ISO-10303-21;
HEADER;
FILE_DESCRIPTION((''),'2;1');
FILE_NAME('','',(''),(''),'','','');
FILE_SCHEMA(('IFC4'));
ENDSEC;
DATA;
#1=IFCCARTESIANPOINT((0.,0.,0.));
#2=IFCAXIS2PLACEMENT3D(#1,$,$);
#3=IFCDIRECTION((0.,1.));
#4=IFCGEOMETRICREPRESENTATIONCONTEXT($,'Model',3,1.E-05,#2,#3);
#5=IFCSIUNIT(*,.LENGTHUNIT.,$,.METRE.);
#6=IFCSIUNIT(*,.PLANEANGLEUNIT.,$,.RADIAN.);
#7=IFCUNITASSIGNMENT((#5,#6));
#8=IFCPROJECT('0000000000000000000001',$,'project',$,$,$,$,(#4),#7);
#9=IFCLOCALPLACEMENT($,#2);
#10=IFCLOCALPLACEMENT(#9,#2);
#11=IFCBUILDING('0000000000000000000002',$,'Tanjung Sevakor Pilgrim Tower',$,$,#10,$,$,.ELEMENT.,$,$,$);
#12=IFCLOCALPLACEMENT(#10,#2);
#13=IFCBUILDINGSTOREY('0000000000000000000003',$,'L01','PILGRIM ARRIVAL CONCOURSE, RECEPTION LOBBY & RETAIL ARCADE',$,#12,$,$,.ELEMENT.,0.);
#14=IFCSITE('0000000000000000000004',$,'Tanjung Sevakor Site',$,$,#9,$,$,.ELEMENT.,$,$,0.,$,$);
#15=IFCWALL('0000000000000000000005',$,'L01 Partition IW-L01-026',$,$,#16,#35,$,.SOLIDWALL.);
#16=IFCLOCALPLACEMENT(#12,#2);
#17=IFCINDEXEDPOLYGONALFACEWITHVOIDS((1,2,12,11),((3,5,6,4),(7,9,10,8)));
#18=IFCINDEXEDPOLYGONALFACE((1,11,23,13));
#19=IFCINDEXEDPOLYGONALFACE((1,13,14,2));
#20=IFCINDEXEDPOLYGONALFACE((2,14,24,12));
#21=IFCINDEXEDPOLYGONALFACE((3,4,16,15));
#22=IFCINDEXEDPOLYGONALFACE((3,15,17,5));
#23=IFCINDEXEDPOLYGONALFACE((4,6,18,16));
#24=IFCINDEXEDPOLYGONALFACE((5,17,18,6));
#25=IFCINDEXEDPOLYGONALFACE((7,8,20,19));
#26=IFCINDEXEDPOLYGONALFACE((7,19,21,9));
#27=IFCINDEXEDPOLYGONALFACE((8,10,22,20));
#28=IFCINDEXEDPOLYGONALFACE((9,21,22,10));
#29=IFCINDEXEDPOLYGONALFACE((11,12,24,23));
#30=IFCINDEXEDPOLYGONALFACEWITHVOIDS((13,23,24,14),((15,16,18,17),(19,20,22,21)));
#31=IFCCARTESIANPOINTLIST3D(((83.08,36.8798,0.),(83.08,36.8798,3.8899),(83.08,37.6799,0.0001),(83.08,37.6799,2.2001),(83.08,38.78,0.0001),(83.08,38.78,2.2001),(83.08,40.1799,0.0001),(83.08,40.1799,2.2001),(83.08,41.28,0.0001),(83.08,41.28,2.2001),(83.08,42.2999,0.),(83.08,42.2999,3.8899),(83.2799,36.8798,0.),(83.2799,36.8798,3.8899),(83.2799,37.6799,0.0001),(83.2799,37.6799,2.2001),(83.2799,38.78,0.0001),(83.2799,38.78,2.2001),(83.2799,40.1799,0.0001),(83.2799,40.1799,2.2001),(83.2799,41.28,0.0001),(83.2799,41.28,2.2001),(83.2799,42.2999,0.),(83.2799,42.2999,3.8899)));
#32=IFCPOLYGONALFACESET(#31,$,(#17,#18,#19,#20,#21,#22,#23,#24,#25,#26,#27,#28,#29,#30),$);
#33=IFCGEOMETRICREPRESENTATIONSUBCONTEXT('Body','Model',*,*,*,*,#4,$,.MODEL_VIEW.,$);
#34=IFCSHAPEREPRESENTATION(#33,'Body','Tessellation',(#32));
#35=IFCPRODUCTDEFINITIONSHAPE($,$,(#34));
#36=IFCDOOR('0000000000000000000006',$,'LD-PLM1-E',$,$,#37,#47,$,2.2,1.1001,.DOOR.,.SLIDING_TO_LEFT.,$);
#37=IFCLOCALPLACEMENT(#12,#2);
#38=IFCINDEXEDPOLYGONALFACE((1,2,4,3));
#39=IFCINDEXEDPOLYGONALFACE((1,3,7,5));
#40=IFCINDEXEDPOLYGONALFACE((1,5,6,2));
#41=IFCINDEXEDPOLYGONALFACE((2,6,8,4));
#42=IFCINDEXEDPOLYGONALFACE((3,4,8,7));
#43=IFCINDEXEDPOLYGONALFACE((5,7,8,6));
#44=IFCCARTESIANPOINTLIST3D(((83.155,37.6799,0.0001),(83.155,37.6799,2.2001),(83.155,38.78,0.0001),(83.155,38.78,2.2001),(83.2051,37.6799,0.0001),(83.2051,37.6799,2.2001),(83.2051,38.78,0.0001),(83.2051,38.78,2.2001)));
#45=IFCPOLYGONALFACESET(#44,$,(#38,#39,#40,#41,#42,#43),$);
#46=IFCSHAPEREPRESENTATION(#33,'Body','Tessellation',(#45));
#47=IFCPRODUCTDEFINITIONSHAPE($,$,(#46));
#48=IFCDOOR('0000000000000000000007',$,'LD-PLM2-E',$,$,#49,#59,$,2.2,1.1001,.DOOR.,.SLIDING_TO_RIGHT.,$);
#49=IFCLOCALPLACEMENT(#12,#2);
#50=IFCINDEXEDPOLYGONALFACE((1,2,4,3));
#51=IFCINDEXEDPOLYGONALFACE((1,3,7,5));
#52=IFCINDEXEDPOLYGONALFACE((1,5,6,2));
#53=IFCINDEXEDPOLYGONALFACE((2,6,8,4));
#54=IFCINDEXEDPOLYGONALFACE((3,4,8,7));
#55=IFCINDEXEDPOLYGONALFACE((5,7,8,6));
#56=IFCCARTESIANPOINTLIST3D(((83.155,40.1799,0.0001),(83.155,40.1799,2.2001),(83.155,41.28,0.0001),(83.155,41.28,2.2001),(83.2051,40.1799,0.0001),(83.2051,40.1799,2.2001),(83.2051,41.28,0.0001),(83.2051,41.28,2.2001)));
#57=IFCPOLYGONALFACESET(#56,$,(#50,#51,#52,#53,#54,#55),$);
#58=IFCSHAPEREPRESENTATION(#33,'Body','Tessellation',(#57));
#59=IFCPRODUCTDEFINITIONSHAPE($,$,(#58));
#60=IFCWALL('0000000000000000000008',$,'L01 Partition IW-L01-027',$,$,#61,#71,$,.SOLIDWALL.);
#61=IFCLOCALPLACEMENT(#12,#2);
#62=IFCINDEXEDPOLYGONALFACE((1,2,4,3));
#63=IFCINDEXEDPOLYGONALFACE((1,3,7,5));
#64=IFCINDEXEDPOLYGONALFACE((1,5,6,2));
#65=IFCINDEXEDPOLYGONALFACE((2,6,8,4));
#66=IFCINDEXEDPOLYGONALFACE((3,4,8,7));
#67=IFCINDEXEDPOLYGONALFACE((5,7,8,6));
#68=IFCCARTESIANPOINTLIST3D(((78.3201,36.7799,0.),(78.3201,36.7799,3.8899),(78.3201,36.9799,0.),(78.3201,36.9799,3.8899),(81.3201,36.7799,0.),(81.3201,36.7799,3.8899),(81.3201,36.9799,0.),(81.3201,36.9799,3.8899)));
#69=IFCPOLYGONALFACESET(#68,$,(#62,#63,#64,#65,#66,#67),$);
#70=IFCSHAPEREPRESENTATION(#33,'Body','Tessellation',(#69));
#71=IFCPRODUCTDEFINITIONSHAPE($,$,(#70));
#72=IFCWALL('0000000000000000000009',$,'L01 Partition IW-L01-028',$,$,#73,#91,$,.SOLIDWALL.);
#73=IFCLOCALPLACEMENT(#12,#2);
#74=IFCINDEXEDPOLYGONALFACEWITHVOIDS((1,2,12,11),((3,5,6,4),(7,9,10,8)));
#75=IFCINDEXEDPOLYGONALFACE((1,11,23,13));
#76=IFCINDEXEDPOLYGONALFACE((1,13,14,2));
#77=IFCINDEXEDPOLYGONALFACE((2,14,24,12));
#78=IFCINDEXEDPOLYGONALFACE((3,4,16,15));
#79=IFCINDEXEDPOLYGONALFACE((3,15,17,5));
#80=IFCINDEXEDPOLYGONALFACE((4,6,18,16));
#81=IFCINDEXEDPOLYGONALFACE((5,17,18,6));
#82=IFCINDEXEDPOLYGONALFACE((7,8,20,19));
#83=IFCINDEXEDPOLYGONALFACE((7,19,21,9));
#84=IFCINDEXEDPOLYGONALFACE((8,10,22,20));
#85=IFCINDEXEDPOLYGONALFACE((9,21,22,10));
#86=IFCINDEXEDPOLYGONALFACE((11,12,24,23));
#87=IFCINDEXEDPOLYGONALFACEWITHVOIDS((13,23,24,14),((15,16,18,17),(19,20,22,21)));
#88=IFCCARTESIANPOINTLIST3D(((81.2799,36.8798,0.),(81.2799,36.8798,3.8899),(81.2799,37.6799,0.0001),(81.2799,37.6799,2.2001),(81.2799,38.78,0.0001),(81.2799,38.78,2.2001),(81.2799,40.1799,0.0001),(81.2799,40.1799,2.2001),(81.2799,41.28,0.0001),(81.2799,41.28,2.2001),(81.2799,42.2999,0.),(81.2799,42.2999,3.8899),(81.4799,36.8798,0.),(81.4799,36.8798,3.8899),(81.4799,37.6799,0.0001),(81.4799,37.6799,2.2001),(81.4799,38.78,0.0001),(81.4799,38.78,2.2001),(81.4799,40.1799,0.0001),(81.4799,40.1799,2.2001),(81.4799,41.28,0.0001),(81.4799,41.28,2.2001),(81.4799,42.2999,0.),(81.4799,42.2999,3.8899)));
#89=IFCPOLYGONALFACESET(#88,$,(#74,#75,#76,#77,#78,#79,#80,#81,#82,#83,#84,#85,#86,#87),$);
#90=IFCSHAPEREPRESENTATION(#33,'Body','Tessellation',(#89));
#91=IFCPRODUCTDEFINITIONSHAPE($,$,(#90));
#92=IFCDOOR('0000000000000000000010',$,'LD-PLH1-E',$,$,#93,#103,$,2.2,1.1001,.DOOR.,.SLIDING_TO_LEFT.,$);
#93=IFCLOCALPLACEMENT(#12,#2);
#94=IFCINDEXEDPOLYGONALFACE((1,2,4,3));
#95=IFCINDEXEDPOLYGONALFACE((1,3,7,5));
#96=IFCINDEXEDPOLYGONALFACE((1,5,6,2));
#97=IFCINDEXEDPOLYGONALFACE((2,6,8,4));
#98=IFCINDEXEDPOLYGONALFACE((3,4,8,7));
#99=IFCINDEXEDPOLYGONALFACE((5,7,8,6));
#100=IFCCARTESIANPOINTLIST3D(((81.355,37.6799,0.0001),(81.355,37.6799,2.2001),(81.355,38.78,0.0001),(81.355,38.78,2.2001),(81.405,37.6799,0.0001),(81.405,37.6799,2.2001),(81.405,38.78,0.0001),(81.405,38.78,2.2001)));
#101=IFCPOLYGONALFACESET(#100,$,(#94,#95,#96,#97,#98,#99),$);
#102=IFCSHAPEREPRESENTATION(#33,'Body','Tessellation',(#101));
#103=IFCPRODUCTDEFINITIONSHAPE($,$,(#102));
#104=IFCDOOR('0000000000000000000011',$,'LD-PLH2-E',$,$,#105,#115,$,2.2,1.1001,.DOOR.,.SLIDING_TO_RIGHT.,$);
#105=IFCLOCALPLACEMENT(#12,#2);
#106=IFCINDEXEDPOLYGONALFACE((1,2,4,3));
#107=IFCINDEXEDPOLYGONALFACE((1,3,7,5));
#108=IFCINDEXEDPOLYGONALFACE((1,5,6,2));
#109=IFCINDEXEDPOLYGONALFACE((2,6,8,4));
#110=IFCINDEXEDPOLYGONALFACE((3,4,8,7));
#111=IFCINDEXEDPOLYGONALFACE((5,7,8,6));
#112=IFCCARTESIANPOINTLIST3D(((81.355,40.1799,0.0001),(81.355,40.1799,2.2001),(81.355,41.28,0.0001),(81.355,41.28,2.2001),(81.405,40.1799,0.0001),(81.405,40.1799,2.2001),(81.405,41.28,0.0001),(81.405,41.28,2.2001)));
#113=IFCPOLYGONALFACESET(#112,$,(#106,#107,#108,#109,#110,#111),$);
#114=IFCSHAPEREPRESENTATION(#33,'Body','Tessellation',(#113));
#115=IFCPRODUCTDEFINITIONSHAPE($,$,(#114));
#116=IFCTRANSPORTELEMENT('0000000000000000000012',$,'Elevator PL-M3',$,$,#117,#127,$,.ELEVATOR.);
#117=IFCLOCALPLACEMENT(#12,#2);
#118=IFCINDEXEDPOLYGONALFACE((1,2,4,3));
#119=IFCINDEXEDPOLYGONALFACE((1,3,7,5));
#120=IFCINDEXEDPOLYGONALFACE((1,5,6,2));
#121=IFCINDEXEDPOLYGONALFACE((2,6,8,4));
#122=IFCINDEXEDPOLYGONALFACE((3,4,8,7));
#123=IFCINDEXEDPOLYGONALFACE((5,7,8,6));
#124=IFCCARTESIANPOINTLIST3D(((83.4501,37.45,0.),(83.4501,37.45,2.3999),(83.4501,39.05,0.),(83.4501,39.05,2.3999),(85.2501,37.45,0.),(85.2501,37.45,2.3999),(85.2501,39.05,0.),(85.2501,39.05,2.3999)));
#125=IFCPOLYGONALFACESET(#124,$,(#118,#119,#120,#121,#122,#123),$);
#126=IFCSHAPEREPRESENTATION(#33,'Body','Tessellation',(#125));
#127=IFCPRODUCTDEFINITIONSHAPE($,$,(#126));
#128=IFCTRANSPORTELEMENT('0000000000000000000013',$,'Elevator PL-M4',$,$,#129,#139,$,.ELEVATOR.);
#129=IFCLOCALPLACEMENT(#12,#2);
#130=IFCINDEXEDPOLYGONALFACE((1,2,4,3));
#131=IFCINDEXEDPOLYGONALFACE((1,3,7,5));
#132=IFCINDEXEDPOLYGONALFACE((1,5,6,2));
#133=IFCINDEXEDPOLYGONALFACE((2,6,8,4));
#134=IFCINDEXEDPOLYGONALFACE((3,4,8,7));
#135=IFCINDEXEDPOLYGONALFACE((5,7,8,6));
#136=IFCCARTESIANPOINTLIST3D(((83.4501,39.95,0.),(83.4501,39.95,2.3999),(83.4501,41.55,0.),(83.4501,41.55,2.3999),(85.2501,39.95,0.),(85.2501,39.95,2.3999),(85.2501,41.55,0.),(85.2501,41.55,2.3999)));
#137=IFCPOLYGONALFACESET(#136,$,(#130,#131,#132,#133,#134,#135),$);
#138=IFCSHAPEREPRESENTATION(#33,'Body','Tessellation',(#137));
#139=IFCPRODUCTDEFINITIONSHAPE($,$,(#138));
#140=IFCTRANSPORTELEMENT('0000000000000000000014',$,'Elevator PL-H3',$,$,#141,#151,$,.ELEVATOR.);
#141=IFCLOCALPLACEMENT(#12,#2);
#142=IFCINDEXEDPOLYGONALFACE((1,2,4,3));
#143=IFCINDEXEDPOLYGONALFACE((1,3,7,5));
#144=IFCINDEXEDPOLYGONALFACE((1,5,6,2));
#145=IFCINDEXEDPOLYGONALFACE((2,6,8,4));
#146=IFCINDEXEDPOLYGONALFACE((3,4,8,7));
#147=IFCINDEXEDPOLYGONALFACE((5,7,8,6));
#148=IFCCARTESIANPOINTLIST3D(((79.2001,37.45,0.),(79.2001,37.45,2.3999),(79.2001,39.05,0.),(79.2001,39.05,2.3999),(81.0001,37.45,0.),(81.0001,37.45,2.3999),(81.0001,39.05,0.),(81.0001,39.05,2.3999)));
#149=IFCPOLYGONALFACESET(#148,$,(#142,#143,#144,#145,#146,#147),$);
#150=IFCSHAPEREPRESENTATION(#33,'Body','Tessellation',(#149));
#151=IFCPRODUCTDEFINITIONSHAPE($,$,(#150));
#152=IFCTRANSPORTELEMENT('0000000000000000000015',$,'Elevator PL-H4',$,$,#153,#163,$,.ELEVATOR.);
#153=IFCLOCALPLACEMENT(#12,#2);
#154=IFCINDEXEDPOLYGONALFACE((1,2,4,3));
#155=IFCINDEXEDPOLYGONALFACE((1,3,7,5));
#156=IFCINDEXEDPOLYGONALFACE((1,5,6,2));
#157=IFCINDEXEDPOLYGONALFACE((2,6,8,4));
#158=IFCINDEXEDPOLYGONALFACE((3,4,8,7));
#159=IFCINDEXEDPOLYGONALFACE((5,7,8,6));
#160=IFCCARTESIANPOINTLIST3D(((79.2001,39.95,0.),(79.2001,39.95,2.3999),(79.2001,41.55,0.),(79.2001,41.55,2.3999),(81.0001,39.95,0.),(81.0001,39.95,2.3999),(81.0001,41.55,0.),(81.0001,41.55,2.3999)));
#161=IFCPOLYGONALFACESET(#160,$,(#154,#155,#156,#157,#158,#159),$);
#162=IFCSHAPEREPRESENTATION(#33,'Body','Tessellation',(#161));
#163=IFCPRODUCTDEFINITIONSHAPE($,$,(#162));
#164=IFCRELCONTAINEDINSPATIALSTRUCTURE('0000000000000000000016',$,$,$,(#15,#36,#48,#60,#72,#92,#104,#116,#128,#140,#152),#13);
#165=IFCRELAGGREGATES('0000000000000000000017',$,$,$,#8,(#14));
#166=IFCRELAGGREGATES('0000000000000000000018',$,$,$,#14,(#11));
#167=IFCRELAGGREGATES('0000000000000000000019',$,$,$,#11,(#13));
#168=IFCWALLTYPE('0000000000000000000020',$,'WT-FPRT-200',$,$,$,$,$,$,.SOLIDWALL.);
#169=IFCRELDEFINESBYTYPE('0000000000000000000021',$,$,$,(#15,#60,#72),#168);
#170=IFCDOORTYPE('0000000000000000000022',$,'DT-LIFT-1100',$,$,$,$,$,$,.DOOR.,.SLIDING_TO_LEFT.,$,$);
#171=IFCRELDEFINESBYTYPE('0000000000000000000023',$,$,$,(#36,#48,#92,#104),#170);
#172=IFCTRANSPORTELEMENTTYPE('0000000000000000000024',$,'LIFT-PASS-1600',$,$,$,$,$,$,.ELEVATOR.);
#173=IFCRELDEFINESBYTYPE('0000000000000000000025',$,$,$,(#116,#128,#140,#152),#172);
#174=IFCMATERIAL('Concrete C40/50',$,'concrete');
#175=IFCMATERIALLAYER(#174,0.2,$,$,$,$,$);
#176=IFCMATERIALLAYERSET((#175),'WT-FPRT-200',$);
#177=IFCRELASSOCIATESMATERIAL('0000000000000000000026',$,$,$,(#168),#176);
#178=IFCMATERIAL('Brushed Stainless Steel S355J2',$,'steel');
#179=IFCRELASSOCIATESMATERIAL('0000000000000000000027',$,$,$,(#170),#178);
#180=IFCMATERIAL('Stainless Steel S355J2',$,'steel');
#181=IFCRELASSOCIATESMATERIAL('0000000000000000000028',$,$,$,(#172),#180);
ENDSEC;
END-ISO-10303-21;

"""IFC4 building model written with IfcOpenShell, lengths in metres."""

from ifc_helpers import new_model, si_unit, direction, frame, frame_2d, origin, origin_2d, place, context, subcontext, project, spatial, rectangle, extrude, material, layer, layer_set, type_object, element, fill, save


model = new_model("IFC4")

# Units and contexts
model_context = context("Model", 3, precision=1e-05, world=origin(), true_north=direction((0.0, 1.0)))
body_context = subcontext(model_context, "Body", "Model", "MODEL_VIEW")
ifc_project = project(units=[si_unit("LENGTHUNIT", "METRE"), si_unit("PLANEANGLEUNIT", "RADIAN")], contexts=[model_context])

# Site, building, storey
site_placement = place(None, origin())
site = spatial("IfcSite", under=ifc_project, at=site_placement, Name="Tanjung Sevakor Site", CompositionType="ELEMENT", RefElevation=0.0)
building_placement = place(site_placement, origin())
building = spatial("IfcBuilding", under=site, at=building_placement, Name="Tanjung Sevakor Pilgrim Tower", CompositionType="ELEMENT")
storey_placement = place(building_placement, origin())
storey = spatial("IfcBuildingStorey", under=building, at=storey_placement, Name="L01", Description="PILGRIM ARRIVAL CONCOURSE, RECEPTION LOBBY & RETAIL ARCADE", CompositionType="ELEMENT", Elevation=0.0)

# Shared definitions
ifc_material_1 = material(Name="Concrete C40/50", Category="concrete")
ifc_layer_1 = layer(ifc_material_1, 0.2)
ifc_layer_set_1 = layer_set([ifc_layer_1], Name="WT-FPRT-200")
wall_type_1 = type_object("IfcWallType", Name="WT-FPRT-200", PredefinedType="SOLIDWALL", material=ifc_layer_set_1)

# Wall, openings, doors
wall_1_placement = place(storey_placement, frame((83.1799, 36.8799, 0.0), z_axis=(0.0, 0.0, 1.0), x_axis=(0.0, 1.0, 0.0)))
wall_1 = element("IfcWall", 1, at=wall_1_placement, inside=storey, type_object=wall_type_1, Name="L01 Partition IW-L01-026", PredefinedType="SOLIDWALL", context=body_context, shape_type="SweptSolid", body=[
    extrude(rectangle(XDim=5.4202, YDim=0.2, at=frame_2d((2.71, 0.0))), origin(), (0.0, 0.0, 1.0), 3.8899),
])
opening_1_placement = place(wall_1_placement, frame((0.8, 0.0, 0.0)))
opening_1 = element("IfcOpeningElement", 2, at=opening_1_placement, cuts=wall_1, PredefinedType="OPENING", context=body_context, shape_type="SweptSolid", body=[
    extrude(rectangle(XDim=1.1001, YDim=2.2, at=frame_2d((0.55, 1.1001))), frame((0.0, 0.1099, 0.0), z_axis=(0.0, -1.0, 0.0), x_axis=(1.0, 0.0, 0.0)), (0.0, 0.0, 1.0), 0.22),
])
opening_2_placement = place(wall_1_placement, frame((3.3, 0.0, 0.0)))
opening_2 = element("IfcOpeningElement", 3, at=opening_2_placement, cuts=wall_1, PredefinedType="OPENING", context=body_context, shape_type="SweptSolid", body=[
    extrude(rectangle(XDim=1.1001, YDim=2.2, at=frame_2d((0.55, 1.1001))), frame((0.0, 0.1099, 0.0), z_axis=(0.0, -1.0, 0.0), x_axis=(1.0, 0.0, 0.0)), (0.0, 0.0, 1.0), 0.22),
])
ifc_material_2 = material(Name="Brushed Stainless Steel S355J2", Category="steel")
door_type_1 = type_object("IfcDoorType", Name="DT-LIFT-1100", OperationType="SLIDING_TO_LEFT", PredefinedType="DOOR", material=ifc_material_2)
door_1_placement = place(opening_1_placement, origin())
door_1 = element("IfcDoor", 4, at=door_1_placement, inside=storey, type_object=door_type_1, Name="LD-PLM1-E", OperationType="SLIDING_TO_LEFT", OverallHeight=2.2, OverallWidth=1.1001, PredefinedType="DOOR", context=body_context, shape_type="SweptSolid", body=[
    extrude(rectangle(XDim=1.1001, YDim=2.2, at=frame_2d((0.55, 1.1001))), frame((0.0, 0.0249, 0.0), z_axis=(0.0, -1.0, 0.0), x_axis=(1.0, 0.0, 0.0)), (0.0, 0.0, 1.0), 0.05),
])
fill(opening_1, door_1)
door_2_placement = place(opening_2_placement, origin())
door_2 = element("IfcDoor", 5, at=door_2_placement, inside=storey, type_object=door_type_1, Name="LD-PLM2-E", OperationType="SLIDING_TO_RIGHT", OverallHeight=2.2, OverallWidth=1.1001, PredefinedType="DOOR", context=body_context, shape_type="SweptSolid", body=[
    extrude(rectangle(XDim=1.1001, YDim=2.2, at=frame_2d((0.55, 1.1001))), frame((0.0, 0.0249, 0.0), z_axis=(0.0, -1.0, 0.0), x_axis=(1.0, 0.0, 0.0)), (0.0, 0.0, 1.0), 0.05),
])
fill(opening_2, door_2)

# Wall
wall_2_placement = place(storey_placement, frame((78.3201, 36.8799, 0.0), z_axis=(0.0, 0.0, 1.0), x_axis=(1.0, 0.0, 0.0)))
element("IfcWall", 6, at=wall_2_placement, inside=storey, type_object=wall_type_1, Name="L01 Partition IW-L01-027", PredefinedType="SOLIDWALL", context=body_context, shape_type="SweptSolid", body=[
    extrude(rectangle(XDim=3.0, YDim=0.2, at=frame_2d((1.5, 0.0))), origin(), (0.0, 0.0, 1.0), 3.8899),
])

# Wall, openings, doors
wall_3_placement = place(storey_placement, frame((81.3799, 36.8799, 0.0), z_axis=(0.0, 0.0, 1.0), x_axis=(0.0, 1.0, 0.0)))
wall_3 = element("IfcWall", 7, at=wall_3_placement, inside=storey, type_object=wall_type_1, Name="L01 Partition IW-L01-028", PredefinedType="SOLIDWALL", context=body_context, shape_type="SweptSolid", body=[
    extrude(rectangle(XDim=5.4202, YDim=0.2, at=frame_2d((2.71, 0.0))), origin(), (0.0, 0.0, 1.0), 3.8899),
])
opening_3_placement = place(wall_3_placement, frame((0.8, 0.0, 0.0)))
opening_3 = element("IfcOpeningElement", 8, at=opening_3_placement, cuts=wall_3, PredefinedType="OPENING", context=body_context, shape_type="SweptSolid", body=[
    extrude(rectangle(XDim=1.1001, YDim=2.2, at=frame_2d((0.55, 1.1001))), frame((0.0, 0.1099, 0.0), z_axis=(0.0, -1.0, 0.0), x_axis=(1.0, 0.0, 0.0)), (0.0, 0.0, 1.0), 0.22),
])
opening_4_placement = place(wall_3_placement, frame((3.3, 0.0, 0.0)))
opening_4 = element("IfcOpeningElement", 9, at=opening_4_placement, cuts=wall_3, PredefinedType="OPENING", context=body_context, shape_type="SweptSolid", body=[
    extrude(rectangle(XDim=1.1001, YDim=2.2, at=frame_2d((0.55, 1.1001))), frame((0.0, 0.1099, 0.0), z_axis=(0.0, -1.0, 0.0), x_axis=(1.0, 0.0, 0.0)), (0.0, 0.0, 1.0), 0.22),
])
door_3_placement = place(opening_3_placement, origin())
door_3 = element("IfcDoor", 10, at=door_3_placement, inside=storey, type_object=door_type_1, Name="LD-PLH1-E", OperationType="SLIDING_TO_LEFT", OverallHeight=2.2, OverallWidth=1.1001, PredefinedType="DOOR", context=body_context, shape_type="SweptSolid", body=[
    extrude(rectangle(XDim=1.1001, YDim=2.2, at=frame_2d((0.55, 1.1001))), frame((0.0, 0.0249, 0.0), z_axis=(0.0, -1.0, 0.0), x_axis=(1.0, 0.0, 0.0)), (0.0, 0.0, 1.0), 0.05),
])
fill(opening_3, door_3)
door_4_placement = place(opening_4_placement, origin())
door_4 = element("IfcDoor", 11, at=door_4_placement, inside=storey, type_object=door_type_1, Name="LD-PLH2-E", OperationType="SLIDING_TO_RIGHT", OverallHeight=2.2, OverallWidth=1.1001, PredefinedType="DOOR", context=body_context, shape_type="SweptSolid", body=[
    extrude(rectangle(XDim=1.1001, YDim=2.2, at=frame_2d((0.55, 1.1001))), frame((0.0, 0.0249, 0.0), z_axis=(0.0, -1.0, 0.0), x_axis=(1.0, 0.0, 0.0)), (0.0, 0.0, 1.0), 0.05),
])
fill(opening_4, door_4)

# Transport elements
ifc_material_3 = material(Name="Stainless Steel S355J2", Category="steel")
transport_element_type = type_object("IfcTransportElementType", Name="LIFT-PASS-1600", PredefinedType="ELEVATOR", material=ifc_material_3)
for number, where, z_axis, x_axis, name in (
    (12, (84.3501, 38.25, 0.0), (0.0, 0.0, 1.0), (1.0, 0.0, 0.0), "Elevator PL-M3"),
    (13, (84.3501, 40.75, 0.0), (0.0, 0.0, 1.0), (1.0, 0.0, 0.0), "Elevator PL-M4"),
    (14, (80.1001, 38.25, 0.0), (0.0, 0.0, 1.0), (1.0, 0.0, 0.0), "Elevator PL-H3"),
    (15, (80.1001, 40.75, 0.0), (0.0, 0.0, 1.0), (1.0, 0.0, 0.0), "Elevator PL-H4"),
):
    element("IfcTransportElement", number, at=place(storey_placement, frame(where, z_axis=z_axis, x_axis=x_axis)), inside=storey, type_object=transport_element_type, Name=name, PredefinedType="ELEVATOR", context=body_context, shape_type="SweptSolid", body=[
        extrude(rectangle(XDim=1.8, YDim=1.6001, at=origin_2d()), origin(), (0.0, 0.0, 1.0), 2.3999),
    ])

save(model, "model.ifc")
